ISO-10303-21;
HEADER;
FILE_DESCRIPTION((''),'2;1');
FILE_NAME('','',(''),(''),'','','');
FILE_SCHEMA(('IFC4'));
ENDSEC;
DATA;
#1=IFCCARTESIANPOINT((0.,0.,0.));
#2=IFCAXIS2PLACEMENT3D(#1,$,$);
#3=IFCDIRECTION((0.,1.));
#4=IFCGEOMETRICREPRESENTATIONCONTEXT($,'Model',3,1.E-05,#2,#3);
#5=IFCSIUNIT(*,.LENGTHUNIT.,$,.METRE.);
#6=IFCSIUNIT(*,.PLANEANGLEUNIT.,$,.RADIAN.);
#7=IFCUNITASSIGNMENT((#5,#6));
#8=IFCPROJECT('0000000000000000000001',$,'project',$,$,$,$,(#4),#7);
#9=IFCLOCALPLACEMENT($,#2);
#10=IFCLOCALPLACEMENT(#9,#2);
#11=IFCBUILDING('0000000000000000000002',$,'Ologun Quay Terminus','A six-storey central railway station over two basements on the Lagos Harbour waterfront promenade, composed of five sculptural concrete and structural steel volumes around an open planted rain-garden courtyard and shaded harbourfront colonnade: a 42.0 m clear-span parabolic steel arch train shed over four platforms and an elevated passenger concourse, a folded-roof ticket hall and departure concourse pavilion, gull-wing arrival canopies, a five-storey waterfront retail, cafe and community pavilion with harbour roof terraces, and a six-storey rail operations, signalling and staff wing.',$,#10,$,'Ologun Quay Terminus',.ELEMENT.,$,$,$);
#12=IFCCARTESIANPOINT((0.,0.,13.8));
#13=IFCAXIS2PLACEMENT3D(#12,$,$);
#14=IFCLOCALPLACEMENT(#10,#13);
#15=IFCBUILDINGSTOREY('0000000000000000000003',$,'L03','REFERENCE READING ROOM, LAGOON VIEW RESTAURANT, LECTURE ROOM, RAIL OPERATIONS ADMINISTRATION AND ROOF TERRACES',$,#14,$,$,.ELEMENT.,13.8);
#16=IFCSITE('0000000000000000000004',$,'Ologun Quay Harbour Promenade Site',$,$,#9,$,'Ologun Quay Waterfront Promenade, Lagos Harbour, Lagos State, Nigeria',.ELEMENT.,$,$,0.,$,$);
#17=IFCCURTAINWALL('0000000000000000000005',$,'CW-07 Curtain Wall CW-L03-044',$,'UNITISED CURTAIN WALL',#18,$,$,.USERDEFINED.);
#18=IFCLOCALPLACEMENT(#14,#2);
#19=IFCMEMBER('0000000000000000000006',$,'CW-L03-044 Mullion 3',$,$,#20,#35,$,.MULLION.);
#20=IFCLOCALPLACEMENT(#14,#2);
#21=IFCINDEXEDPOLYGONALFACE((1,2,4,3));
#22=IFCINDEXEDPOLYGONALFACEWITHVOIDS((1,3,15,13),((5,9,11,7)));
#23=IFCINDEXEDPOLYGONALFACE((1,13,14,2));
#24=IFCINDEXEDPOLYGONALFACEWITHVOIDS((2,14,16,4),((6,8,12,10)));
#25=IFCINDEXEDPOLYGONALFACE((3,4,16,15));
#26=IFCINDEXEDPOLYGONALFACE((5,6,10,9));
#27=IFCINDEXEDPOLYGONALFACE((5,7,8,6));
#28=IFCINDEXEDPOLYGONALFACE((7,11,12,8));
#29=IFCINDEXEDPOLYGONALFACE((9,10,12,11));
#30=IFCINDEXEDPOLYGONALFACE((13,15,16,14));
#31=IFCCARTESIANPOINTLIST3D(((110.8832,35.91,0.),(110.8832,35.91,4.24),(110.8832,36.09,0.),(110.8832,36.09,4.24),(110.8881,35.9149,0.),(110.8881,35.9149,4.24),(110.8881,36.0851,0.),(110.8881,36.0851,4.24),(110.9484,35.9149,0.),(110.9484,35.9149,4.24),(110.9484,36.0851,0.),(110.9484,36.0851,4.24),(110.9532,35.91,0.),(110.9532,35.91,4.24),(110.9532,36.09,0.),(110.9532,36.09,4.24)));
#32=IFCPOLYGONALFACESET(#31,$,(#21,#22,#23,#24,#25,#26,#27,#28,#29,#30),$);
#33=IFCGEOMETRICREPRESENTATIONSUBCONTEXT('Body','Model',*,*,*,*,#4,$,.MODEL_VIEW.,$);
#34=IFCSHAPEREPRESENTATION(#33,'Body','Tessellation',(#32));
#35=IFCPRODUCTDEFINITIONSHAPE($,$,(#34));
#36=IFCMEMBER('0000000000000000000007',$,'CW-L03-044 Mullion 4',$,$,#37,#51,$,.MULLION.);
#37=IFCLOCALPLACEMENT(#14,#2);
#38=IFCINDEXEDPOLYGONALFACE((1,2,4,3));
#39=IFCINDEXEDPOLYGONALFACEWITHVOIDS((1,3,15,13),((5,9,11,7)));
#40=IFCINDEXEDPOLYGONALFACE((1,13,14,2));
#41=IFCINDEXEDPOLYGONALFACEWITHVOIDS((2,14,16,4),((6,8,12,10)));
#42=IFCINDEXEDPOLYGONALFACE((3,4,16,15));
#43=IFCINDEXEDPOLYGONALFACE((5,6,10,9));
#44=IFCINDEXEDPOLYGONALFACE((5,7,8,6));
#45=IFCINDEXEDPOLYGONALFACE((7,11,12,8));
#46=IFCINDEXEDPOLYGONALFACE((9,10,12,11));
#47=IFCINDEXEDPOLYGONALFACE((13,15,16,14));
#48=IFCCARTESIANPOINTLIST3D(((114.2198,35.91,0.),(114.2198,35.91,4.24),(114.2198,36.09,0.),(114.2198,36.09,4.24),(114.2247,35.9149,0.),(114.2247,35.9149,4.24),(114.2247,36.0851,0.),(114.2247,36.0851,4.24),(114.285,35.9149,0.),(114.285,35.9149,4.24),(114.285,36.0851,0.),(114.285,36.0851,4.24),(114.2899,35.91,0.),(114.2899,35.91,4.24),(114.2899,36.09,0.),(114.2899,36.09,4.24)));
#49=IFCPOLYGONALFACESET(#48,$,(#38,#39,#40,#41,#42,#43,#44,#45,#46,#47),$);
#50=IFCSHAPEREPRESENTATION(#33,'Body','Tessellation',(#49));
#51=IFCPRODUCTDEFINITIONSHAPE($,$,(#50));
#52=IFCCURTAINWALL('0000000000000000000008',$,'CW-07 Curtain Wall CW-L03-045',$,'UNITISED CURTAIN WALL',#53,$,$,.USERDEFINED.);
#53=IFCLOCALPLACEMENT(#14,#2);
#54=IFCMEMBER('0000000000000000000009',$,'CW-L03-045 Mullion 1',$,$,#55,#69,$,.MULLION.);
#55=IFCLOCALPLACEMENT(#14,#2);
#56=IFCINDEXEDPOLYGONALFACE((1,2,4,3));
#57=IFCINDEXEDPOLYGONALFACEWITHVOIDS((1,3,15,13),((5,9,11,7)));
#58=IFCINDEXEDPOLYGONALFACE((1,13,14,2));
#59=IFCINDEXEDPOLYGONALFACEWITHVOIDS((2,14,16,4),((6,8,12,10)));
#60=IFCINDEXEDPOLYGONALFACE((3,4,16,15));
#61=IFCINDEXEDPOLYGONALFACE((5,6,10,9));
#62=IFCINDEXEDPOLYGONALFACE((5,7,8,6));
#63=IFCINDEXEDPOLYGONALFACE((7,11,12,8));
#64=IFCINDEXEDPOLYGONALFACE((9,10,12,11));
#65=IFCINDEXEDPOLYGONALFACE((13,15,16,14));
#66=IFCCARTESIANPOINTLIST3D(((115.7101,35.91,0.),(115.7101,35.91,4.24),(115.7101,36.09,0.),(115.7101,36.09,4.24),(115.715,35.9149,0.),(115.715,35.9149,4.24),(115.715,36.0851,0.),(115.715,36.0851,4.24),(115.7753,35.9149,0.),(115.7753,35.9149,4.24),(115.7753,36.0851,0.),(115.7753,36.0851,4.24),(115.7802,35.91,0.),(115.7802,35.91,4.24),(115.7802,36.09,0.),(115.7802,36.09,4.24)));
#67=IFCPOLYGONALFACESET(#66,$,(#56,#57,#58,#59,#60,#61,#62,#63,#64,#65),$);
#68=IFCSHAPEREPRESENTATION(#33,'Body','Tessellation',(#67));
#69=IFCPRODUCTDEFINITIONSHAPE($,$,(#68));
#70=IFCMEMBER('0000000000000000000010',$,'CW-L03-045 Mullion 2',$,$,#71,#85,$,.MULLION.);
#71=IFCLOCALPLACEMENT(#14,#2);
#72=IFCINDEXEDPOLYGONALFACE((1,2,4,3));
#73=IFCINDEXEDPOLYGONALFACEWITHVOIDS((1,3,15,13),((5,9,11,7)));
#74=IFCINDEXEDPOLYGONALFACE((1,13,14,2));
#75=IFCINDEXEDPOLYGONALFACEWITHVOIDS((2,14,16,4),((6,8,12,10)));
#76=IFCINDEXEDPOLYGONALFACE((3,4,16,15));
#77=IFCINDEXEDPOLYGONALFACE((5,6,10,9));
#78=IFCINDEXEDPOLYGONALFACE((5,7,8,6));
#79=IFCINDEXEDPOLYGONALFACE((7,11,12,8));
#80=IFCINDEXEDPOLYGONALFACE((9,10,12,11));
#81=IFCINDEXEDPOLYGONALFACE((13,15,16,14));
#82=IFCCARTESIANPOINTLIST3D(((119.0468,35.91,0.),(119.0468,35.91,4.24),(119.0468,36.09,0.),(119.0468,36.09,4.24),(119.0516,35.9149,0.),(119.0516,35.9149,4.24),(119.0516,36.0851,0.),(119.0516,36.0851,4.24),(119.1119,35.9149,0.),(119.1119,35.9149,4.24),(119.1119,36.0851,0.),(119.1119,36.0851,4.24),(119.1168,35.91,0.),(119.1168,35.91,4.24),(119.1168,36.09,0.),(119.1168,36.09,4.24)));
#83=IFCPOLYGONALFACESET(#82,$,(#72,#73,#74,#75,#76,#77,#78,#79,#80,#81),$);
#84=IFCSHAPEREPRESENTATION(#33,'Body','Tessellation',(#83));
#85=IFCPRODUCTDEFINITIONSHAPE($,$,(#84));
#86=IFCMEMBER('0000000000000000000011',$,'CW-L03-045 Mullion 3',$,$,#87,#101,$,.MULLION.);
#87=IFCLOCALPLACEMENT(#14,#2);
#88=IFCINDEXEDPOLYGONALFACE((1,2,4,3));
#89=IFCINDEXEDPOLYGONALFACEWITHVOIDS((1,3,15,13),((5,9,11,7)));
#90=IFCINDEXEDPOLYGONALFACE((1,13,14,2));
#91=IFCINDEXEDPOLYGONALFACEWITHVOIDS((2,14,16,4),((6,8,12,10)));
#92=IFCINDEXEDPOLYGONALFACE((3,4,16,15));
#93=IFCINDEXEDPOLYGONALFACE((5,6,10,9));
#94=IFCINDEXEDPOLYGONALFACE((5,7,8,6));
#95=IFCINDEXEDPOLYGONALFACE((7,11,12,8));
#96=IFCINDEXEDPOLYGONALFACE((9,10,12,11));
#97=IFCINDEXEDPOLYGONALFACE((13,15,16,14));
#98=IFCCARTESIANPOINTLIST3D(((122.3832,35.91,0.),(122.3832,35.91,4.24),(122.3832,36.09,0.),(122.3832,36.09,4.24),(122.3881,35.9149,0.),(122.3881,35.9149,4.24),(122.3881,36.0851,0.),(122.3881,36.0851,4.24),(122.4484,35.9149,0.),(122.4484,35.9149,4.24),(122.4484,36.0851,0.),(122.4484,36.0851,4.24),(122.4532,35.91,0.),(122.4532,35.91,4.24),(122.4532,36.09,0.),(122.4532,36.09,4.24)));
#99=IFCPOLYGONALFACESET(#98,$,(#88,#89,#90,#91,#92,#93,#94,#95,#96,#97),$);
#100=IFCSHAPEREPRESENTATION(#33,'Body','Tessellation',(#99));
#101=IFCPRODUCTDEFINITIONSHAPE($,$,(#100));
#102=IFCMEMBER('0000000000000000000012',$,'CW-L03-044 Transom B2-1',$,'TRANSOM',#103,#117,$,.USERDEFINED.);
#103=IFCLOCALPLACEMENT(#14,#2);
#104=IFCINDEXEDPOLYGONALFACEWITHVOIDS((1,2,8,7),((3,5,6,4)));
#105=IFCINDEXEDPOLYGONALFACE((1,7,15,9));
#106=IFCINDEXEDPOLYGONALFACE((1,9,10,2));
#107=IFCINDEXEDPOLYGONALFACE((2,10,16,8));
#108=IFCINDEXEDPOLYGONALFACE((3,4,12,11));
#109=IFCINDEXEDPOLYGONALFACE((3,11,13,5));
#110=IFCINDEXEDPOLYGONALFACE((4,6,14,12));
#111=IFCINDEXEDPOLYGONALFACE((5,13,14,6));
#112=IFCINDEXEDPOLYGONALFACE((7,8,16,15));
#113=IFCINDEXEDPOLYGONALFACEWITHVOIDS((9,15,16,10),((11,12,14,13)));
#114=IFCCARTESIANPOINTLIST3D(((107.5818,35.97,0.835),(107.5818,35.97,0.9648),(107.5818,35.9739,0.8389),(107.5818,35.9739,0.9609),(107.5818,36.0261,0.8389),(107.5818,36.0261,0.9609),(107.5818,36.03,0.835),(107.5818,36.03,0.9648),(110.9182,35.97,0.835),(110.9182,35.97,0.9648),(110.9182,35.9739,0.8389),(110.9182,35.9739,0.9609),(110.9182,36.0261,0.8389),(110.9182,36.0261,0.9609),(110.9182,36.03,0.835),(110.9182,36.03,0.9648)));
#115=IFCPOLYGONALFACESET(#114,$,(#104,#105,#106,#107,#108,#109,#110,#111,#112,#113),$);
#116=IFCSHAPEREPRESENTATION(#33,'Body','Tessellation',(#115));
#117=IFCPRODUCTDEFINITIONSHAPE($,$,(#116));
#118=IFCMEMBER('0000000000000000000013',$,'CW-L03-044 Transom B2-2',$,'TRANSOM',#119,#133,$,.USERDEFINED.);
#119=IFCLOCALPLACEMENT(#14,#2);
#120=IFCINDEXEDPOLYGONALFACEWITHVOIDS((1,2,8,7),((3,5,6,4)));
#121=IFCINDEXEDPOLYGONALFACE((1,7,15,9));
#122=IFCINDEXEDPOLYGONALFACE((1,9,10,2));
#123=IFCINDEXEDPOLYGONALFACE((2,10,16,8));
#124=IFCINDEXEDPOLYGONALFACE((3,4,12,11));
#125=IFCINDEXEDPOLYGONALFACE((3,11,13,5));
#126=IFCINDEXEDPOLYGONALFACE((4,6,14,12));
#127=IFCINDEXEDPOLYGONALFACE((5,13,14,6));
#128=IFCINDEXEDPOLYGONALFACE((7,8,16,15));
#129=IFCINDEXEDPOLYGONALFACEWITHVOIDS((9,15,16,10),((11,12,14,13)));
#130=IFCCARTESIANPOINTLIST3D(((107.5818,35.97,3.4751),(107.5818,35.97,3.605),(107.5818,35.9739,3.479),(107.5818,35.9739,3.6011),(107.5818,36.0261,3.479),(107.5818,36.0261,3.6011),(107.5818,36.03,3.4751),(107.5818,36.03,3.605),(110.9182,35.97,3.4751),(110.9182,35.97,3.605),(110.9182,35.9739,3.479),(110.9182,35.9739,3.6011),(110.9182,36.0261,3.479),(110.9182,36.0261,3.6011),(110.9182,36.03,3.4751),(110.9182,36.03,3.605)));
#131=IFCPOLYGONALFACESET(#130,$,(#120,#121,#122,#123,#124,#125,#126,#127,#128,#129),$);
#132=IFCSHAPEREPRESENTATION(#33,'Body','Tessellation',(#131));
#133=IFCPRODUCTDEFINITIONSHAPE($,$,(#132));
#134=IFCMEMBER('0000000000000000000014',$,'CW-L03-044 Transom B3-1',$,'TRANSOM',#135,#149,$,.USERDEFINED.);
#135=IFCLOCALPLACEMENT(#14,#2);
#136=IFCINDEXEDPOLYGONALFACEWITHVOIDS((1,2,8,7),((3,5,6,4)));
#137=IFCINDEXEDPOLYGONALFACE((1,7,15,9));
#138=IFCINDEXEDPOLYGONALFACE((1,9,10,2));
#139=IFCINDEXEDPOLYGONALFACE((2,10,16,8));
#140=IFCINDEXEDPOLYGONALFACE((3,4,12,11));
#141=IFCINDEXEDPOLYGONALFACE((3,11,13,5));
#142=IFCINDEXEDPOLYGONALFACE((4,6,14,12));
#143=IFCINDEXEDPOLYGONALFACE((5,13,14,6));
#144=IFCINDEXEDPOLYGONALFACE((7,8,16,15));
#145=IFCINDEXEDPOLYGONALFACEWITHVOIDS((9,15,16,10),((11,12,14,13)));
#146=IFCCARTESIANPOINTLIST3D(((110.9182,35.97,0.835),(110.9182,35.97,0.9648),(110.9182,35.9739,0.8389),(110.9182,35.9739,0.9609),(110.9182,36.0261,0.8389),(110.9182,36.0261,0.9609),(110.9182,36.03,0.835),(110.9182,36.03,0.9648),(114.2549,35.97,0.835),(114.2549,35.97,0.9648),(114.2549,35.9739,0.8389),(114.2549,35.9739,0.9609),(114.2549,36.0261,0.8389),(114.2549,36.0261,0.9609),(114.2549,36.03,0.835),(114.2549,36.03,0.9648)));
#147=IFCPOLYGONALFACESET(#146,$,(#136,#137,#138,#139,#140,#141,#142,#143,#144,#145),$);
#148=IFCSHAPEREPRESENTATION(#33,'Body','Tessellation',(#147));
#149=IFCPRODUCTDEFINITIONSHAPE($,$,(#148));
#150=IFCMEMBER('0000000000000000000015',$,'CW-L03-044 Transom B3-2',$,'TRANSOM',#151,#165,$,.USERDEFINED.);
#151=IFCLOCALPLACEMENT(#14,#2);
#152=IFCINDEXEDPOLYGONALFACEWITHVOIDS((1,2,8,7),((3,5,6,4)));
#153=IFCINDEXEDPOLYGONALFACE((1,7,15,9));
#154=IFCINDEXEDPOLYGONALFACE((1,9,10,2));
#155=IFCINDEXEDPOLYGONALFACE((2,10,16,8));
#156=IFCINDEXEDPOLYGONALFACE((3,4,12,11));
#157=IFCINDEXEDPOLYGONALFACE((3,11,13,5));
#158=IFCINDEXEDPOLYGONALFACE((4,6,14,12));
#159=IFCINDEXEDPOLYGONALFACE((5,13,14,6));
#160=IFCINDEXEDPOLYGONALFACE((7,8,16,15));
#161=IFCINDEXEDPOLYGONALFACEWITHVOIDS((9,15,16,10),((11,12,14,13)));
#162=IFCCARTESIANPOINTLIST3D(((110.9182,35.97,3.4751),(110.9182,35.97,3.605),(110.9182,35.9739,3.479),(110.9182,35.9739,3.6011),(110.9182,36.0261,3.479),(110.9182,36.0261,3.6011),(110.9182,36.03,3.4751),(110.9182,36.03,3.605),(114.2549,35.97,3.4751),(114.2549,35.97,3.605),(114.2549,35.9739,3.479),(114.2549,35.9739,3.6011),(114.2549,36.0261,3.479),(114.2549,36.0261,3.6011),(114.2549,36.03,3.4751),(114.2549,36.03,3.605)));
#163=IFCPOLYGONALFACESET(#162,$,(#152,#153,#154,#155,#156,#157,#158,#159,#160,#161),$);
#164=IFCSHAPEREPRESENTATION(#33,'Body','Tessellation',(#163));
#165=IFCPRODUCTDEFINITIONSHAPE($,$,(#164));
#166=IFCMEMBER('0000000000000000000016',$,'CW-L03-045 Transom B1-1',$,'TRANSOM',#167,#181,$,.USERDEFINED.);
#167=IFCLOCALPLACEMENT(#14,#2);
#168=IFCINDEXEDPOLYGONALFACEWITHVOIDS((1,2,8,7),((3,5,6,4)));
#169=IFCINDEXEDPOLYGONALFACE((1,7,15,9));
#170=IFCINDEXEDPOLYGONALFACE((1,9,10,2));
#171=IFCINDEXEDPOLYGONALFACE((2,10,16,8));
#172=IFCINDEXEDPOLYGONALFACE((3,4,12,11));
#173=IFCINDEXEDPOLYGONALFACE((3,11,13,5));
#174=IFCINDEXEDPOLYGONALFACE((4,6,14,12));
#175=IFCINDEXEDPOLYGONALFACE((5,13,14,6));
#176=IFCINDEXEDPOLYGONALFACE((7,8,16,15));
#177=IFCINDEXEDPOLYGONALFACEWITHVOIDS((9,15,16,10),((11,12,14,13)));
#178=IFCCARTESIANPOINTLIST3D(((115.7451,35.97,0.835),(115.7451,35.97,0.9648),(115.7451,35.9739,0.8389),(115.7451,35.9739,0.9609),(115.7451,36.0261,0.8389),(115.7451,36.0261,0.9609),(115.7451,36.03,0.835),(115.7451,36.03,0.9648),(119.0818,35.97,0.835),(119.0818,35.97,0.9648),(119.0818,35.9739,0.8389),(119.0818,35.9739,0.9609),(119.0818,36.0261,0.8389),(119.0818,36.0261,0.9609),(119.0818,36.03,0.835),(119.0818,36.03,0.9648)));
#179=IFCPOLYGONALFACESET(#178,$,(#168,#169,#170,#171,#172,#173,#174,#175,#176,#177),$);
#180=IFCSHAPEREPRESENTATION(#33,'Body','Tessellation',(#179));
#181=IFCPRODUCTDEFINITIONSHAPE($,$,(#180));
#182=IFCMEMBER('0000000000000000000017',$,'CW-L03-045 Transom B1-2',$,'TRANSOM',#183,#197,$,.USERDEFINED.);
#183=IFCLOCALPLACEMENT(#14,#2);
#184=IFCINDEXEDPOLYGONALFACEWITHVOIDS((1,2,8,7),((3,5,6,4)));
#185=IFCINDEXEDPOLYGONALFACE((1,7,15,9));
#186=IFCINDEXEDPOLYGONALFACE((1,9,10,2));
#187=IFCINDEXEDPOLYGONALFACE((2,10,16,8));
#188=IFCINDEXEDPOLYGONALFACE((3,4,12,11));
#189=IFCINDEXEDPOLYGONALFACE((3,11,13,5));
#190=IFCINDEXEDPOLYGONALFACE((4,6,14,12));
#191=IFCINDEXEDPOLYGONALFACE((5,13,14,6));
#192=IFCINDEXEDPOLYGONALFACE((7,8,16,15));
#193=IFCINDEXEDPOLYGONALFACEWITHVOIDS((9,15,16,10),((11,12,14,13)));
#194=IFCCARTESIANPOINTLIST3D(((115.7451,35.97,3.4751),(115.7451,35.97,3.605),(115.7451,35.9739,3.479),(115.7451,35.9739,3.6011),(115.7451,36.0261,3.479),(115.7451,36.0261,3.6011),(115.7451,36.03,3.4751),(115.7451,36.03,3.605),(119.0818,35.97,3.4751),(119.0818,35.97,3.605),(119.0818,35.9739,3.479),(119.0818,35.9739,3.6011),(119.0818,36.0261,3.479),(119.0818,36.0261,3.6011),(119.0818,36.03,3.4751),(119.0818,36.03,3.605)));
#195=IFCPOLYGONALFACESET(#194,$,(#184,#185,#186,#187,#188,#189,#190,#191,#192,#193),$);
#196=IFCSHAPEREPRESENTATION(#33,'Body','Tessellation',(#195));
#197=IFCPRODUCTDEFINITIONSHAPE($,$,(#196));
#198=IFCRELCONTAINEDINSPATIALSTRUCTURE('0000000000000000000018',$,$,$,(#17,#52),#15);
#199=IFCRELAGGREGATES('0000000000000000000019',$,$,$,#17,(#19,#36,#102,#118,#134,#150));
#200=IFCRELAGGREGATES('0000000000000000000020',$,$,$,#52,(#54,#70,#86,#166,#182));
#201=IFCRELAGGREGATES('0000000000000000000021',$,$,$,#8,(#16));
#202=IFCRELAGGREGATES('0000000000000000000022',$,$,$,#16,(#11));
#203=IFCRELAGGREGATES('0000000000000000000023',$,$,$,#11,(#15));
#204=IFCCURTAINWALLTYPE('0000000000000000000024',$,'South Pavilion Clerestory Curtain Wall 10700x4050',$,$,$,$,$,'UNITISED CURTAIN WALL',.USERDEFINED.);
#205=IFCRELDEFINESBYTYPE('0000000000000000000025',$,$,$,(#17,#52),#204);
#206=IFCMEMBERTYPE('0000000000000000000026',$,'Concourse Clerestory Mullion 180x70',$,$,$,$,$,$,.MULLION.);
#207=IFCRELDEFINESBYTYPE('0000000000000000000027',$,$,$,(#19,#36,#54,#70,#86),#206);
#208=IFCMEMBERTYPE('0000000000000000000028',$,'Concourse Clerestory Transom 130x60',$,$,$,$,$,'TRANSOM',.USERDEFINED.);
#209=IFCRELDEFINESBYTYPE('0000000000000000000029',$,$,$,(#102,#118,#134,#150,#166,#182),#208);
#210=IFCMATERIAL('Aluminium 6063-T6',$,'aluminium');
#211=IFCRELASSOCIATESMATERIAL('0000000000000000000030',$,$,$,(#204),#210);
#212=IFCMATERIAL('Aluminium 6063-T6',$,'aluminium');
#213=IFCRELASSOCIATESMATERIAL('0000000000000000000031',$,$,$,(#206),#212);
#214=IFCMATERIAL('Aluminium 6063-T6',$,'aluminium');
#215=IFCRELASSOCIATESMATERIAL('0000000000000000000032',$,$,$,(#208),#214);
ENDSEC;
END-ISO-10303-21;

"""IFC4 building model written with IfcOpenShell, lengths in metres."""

from ifc_helpers import new_model, si_unit, direction, frame, origin, origin_2d, place, context, subcontext, project, spatial, hollow_rectangle, extrude, material, material_profile, profile_set, type_object, element, aggregate, save


model = new_model("IFC4")

# Units and contexts
model_context = context("Model", 3, precision=1e-05, world=origin(), true_north=direction((0.0, 1.0)))
body_context = subcontext(model_context, "Body", "Model", "MODEL_VIEW")
ifc_project = project(units=[si_unit("LENGTHUNIT", "METRE"), si_unit("PLANEANGLEUNIT", "RADIAN")], contexts=[model_context])

# Site, building, storey
site_placement = place(None, origin())
site = spatial("IfcSite", under=ifc_project, at=site_placement, Name="Ologun Quay Harbour Promenade Site", LongName="Ologun Quay Waterfront Promenade, Lagos Harbour, Lagos State, Nigeria", CompositionType="ELEMENT", RefElevation=0.0)
building_placement = place(site_placement, origin())
building = spatial("IfcBuilding", under=site, at=building_placement, Name="Ologun Quay Terminus", Description="A six-storey central railway station over two basements on the Lagos Harbour waterfront promenade, composed of five sculptural concrete and structural steel volumes around an open planted rain-garden courtyard and shaded harbourfront colonnade: a 42.0 m clear-span parabolic steel arch train shed over four platforms and an elevated passenger concourse, a folded-roof ticket hall and departure concourse pavilion, gull-wing arrival canopies, a five-storey waterfront retail, cafe and community pavilion with harbour roof terraces, and a six-storey rail operations, signalling and staff wing.", LongName="Ologun Quay Terminus", CompositionType="ELEMENT")
storey_placement = place(building_placement, frame((0.0, 0.0, 13.8)))
storey = spatial("IfcBuildingStorey", under=building, at=storey_placement, Name="L03", Description="REFERENCE READING ROOM, LAGOON VIEW RESTAURANT, LECTURE ROOM, RAIL OPERATIONS ADMINISTRATION AND ROOF TERRACES", CompositionType="ELEMENT", Elevation=13.8)

# Curtain walls, members
ifc_material_1 = material(Name="Aluminium 6063-T6", Category="aluminium")
curtain_wall_type = type_object("IfcCurtainWallType", Name="South Pavilion Clerestory Curtain Wall 10700x4050", ElementType="UNITISED CURTAIN WALL", PredefinedType="USERDEFINED", material=ifc_material_1)
curtain_wall_1_placement = place(storey_placement, origin())
curtain_wall_1 = element("IfcCurtainWall", 1, at=curtain_wall_1_placement, inside=storey, type_object=curtain_wall_type, Name="CW-07 Curtain Wall CW-L03-044", ObjectType="UNITISED CURTAIN WALL", PredefinedType="USERDEFINED")
ifc_material_2 = material(Name="Aluminium 6063-T6", Category="aluminium")
ifc_material_profile_1 = material_profile(ifc_material_2, hollow_rectangle(XDim=0.0701, YDim=0.1799, WallThickness=0.0049, at=origin_2d()), Name="ALU 180x70x5")
ifc_profile_set_1 = profile_set([ifc_material_profile_1], Name="Aluminium 6063-T6")
member_type_1 = type_object("IfcMemberType", Name="Concourse Clerestory Mullion 180x70", PredefinedType="MULLION", material=ifc_profile_set_1)
member_1_placement = place(storey_placement, frame((110.9182, 36.0, 0.0), z_axis=(0.0, 0.0, 1.0), x_axis=(1.0, 0.0, 0.0)))
member_1 = element("IfcMember", 2, at=member_1_placement, type_object=member_type_1, Name="CW-L03-044 Mullion 3", PredefinedType="MULLION", context=body_context, shape_type="SweptSolid", body=[
    extrude(hollow_rectangle(XDim=0.0701, YDim=0.1799, WallThickness=0.0049, at=origin_2d()), origin(), (0.0, 0.0, 1.0), 4.24),
])
member_2_placement = place(storey_placement, frame((114.2549, 36.0, 0.0), z_axis=(0.0, 0.0, 1.0), x_axis=(1.0, 0.0, 0.0)))
member_2 = element("IfcMember", 3, at=member_2_placement, type_object=member_type_1, Name="CW-L03-044 Mullion 4", PredefinedType="MULLION", context=body_context, shape_type="SweptSolid", body=[
    extrude(hollow_rectangle(XDim=0.0701, YDim=0.1799, WallThickness=0.0049, at=origin_2d()), origin(), (0.0, 0.0, 1.0), 4.24),
])
curtain_wall_2_placement = place(storey_placement, origin())
curtain_wall_2 = element("IfcCurtainWall", 4, at=curtain_wall_2_placement, inside=storey, type_object=curtain_wall_type, Name="CW-07 Curtain Wall CW-L03-045", ObjectType="UNITISED CURTAIN WALL", PredefinedType="USERDEFINED")
member_3_placement = place(storey_placement, frame((115.7451, 36.0, 0.0), z_axis=(0.0, 0.0, 1.0), x_axis=(1.0, 0.0, 0.0)))
member_3 = element("IfcMember", 5, at=member_3_placement, type_object=member_type_1, Name="CW-L03-045 Mullion 1", PredefinedType="MULLION", context=body_context, shape_type="SweptSolid", body=[
    extrude(hollow_rectangle(XDim=0.0701, YDim=0.1799, WallThickness=0.0049, at=origin_2d()), origin(), (0.0, 0.0, 1.0), 4.24),
])
member_4_placement = place(storey_placement, frame((119.0818, 36.0, 0.0), z_axis=(0.0, 0.0, 1.0), x_axis=(1.0, 0.0, 0.0)))
member_4 = element("IfcMember", 6, at=member_4_placement, type_object=member_type_1, Name="CW-L03-045 Mullion 2", PredefinedType="MULLION", context=body_context, shape_type="SweptSolid", body=[
    extrude(hollow_rectangle(XDim=0.0701, YDim=0.1799, WallThickness=0.0049, at=origin_2d()), origin(), (0.0, 0.0, 1.0), 4.24),
])
member_5_placement = place(storey_placement, frame((122.4182, 36.0, 0.0), z_axis=(0.0, 0.0, 1.0), x_axis=(1.0, 0.0, 0.0)))
member_5 = element("IfcMember", 7, at=member_5_placement, type_object=member_type_1, Name="CW-L03-045 Mullion 3", PredefinedType="MULLION", context=body_context, shape_type="SweptSolid", body=[
    extrude(hollow_rectangle(XDim=0.0701, YDim=0.1799, WallThickness=0.0049, at=origin_2d()), origin(), (0.0, 0.0, 1.0), 4.24),
])

# Members
ifc_material_3 = material(Name="Aluminium 6063-T6", Category="aluminium")
ifc_material_profile_2 = material_profile(ifc_material_3, hollow_rectangle(XDim=0.0601, YDim=0.1299, WallThickness=0.0039, at=origin_2d()), Name="ALU 130x60x4")
ifc_profile_set_2 = profile_set([ifc_material_profile_2], Name="Aluminium 6063-T6")
member_type_2 = type_object("IfcMemberType", Name="Concourse Clerestory Transom 130x60", ElementType="TRANSOM", PredefinedType="USERDEFINED", material=ifc_profile_set_2)
member_6_placement = place(storey_placement, frame((107.5818, 36.0, 0.8999), z_axis=(1.0, 0.0, 0.0), x_axis=(0.0, 1.0, 0.0)))
member_6 = element("IfcMember", 8, at=member_6_placement, type_object=member_type_2, Name="CW-L03-044 Transom B2-1", ObjectType="TRANSOM", PredefinedType="USERDEFINED", context=body_context, shape_type="SweptSolid", body=[
    extrude(hollow_rectangle(XDim=0.0601, YDim=0.1299, WallThickness=0.0039, at=origin_2d()), origin(), (0.0, 0.0, 1.0), 3.3364),
])
member_7_placement = place(storey_placement, frame((107.5818, 36.0, 3.54), z_axis=(1.0, 0.0, 0.0), x_axis=(0.0, 1.0, 0.0)))
member_7 = element("IfcMember", 9, at=member_7_placement, type_object=member_type_2, Name="CW-L03-044 Transom B2-2", ObjectType="TRANSOM", PredefinedType="USERDEFINED", context=body_context, shape_type="SweptSolid", body=[
    extrude(hollow_rectangle(XDim=0.0601, YDim=0.1299, WallThickness=0.0039, at=origin_2d()), origin(), (0.0, 0.0, 1.0), 3.3364),
])
member_8_placement = place(storey_placement, frame((110.9182, 36.0, 0.8999), z_axis=(1.0, 0.0, 0.0), x_axis=(0.0, 1.0, 0.0)))
member_8 = element("IfcMember", 10, at=member_8_placement, type_object=member_type_2, Name="CW-L03-044 Transom B3-1", ObjectType="TRANSOM", PredefinedType="USERDEFINED", context=body_context, shape_type="SweptSolid", body=[
    extrude(hollow_rectangle(XDim=0.0601, YDim=0.1299, WallThickness=0.0039, at=origin_2d()), origin(), (0.0, 0.0, 1.0), 3.3367),
])
member_9_placement = place(storey_placement, frame((110.9182, 36.0, 3.54), z_axis=(1.0, 0.0, 0.0), x_axis=(0.0, 1.0, 0.0)))
member_9 = element("IfcMember", 11, at=member_9_placement, type_object=member_type_2, Name="CW-L03-044 Transom B3-2", ObjectType="TRANSOM", PredefinedType="USERDEFINED", context=body_context, shape_type="SweptSolid", body=[
    extrude(hollow_rectangle(XDim=0.0601, YDim=0.1299, WallThickness=0.0039, at=origin_2d()), origin(), (0.0, 0.0, 1.0), 3.3367),
])
member_10_placement = place(storey_placement, frame((115.7451, 36.0, 0.8999), z_axis=(1.0, 0.0, 0.0), x_axis=(0.0, 1.0, 0.0)))
member_10 = element("IfcMember", 12, at=member_10_placement, type_object=member_type_2, Name="CW-L03-045 Transom B1-1", ObjectType="TRANSOM", PredefinedType="USERDEFINED", context=body_context, shape_type="SweptSolid", body=[
    extrude(hollow_rectangle(XDim=0.0601, YDim=0.1299, WallThickness=0.0039, at=origin_2d()), origin(), (0.0, 0.0, 1.0), 3.3367),
])
member_11_placement = place(storey_placement, frame((115.7451, 36.0, 3.54), z_axis=(1.0, 0.0, 0.0), x_axis=(0.0, 1.0, 0.0)))
member_11 = element("IfcMember", 13, at=member_11_placement, type_object=member_type_2, Name="CW-L03-045 Transom B1-2", ObjectType="TRANSOM", PredefinedType="USERDEFINED", context=body_context, shape_type="SweptSolid", body=[
    extrude(hollow_rectangle(XDim=0.0601, YDim=0.1299, WallThickness=0.0039, at=origin_2d()), origin(), (0.0, 0.0, 1.0), 3.3367),
])

aggregate(curtain_wall_1, [member_1, member_2, member_6, member_7, member_8, member_9])
aggregate(curtain_wall_2, [member_3, member_4, member_5, member_10, member_11])

save(model, "model.ifc")
